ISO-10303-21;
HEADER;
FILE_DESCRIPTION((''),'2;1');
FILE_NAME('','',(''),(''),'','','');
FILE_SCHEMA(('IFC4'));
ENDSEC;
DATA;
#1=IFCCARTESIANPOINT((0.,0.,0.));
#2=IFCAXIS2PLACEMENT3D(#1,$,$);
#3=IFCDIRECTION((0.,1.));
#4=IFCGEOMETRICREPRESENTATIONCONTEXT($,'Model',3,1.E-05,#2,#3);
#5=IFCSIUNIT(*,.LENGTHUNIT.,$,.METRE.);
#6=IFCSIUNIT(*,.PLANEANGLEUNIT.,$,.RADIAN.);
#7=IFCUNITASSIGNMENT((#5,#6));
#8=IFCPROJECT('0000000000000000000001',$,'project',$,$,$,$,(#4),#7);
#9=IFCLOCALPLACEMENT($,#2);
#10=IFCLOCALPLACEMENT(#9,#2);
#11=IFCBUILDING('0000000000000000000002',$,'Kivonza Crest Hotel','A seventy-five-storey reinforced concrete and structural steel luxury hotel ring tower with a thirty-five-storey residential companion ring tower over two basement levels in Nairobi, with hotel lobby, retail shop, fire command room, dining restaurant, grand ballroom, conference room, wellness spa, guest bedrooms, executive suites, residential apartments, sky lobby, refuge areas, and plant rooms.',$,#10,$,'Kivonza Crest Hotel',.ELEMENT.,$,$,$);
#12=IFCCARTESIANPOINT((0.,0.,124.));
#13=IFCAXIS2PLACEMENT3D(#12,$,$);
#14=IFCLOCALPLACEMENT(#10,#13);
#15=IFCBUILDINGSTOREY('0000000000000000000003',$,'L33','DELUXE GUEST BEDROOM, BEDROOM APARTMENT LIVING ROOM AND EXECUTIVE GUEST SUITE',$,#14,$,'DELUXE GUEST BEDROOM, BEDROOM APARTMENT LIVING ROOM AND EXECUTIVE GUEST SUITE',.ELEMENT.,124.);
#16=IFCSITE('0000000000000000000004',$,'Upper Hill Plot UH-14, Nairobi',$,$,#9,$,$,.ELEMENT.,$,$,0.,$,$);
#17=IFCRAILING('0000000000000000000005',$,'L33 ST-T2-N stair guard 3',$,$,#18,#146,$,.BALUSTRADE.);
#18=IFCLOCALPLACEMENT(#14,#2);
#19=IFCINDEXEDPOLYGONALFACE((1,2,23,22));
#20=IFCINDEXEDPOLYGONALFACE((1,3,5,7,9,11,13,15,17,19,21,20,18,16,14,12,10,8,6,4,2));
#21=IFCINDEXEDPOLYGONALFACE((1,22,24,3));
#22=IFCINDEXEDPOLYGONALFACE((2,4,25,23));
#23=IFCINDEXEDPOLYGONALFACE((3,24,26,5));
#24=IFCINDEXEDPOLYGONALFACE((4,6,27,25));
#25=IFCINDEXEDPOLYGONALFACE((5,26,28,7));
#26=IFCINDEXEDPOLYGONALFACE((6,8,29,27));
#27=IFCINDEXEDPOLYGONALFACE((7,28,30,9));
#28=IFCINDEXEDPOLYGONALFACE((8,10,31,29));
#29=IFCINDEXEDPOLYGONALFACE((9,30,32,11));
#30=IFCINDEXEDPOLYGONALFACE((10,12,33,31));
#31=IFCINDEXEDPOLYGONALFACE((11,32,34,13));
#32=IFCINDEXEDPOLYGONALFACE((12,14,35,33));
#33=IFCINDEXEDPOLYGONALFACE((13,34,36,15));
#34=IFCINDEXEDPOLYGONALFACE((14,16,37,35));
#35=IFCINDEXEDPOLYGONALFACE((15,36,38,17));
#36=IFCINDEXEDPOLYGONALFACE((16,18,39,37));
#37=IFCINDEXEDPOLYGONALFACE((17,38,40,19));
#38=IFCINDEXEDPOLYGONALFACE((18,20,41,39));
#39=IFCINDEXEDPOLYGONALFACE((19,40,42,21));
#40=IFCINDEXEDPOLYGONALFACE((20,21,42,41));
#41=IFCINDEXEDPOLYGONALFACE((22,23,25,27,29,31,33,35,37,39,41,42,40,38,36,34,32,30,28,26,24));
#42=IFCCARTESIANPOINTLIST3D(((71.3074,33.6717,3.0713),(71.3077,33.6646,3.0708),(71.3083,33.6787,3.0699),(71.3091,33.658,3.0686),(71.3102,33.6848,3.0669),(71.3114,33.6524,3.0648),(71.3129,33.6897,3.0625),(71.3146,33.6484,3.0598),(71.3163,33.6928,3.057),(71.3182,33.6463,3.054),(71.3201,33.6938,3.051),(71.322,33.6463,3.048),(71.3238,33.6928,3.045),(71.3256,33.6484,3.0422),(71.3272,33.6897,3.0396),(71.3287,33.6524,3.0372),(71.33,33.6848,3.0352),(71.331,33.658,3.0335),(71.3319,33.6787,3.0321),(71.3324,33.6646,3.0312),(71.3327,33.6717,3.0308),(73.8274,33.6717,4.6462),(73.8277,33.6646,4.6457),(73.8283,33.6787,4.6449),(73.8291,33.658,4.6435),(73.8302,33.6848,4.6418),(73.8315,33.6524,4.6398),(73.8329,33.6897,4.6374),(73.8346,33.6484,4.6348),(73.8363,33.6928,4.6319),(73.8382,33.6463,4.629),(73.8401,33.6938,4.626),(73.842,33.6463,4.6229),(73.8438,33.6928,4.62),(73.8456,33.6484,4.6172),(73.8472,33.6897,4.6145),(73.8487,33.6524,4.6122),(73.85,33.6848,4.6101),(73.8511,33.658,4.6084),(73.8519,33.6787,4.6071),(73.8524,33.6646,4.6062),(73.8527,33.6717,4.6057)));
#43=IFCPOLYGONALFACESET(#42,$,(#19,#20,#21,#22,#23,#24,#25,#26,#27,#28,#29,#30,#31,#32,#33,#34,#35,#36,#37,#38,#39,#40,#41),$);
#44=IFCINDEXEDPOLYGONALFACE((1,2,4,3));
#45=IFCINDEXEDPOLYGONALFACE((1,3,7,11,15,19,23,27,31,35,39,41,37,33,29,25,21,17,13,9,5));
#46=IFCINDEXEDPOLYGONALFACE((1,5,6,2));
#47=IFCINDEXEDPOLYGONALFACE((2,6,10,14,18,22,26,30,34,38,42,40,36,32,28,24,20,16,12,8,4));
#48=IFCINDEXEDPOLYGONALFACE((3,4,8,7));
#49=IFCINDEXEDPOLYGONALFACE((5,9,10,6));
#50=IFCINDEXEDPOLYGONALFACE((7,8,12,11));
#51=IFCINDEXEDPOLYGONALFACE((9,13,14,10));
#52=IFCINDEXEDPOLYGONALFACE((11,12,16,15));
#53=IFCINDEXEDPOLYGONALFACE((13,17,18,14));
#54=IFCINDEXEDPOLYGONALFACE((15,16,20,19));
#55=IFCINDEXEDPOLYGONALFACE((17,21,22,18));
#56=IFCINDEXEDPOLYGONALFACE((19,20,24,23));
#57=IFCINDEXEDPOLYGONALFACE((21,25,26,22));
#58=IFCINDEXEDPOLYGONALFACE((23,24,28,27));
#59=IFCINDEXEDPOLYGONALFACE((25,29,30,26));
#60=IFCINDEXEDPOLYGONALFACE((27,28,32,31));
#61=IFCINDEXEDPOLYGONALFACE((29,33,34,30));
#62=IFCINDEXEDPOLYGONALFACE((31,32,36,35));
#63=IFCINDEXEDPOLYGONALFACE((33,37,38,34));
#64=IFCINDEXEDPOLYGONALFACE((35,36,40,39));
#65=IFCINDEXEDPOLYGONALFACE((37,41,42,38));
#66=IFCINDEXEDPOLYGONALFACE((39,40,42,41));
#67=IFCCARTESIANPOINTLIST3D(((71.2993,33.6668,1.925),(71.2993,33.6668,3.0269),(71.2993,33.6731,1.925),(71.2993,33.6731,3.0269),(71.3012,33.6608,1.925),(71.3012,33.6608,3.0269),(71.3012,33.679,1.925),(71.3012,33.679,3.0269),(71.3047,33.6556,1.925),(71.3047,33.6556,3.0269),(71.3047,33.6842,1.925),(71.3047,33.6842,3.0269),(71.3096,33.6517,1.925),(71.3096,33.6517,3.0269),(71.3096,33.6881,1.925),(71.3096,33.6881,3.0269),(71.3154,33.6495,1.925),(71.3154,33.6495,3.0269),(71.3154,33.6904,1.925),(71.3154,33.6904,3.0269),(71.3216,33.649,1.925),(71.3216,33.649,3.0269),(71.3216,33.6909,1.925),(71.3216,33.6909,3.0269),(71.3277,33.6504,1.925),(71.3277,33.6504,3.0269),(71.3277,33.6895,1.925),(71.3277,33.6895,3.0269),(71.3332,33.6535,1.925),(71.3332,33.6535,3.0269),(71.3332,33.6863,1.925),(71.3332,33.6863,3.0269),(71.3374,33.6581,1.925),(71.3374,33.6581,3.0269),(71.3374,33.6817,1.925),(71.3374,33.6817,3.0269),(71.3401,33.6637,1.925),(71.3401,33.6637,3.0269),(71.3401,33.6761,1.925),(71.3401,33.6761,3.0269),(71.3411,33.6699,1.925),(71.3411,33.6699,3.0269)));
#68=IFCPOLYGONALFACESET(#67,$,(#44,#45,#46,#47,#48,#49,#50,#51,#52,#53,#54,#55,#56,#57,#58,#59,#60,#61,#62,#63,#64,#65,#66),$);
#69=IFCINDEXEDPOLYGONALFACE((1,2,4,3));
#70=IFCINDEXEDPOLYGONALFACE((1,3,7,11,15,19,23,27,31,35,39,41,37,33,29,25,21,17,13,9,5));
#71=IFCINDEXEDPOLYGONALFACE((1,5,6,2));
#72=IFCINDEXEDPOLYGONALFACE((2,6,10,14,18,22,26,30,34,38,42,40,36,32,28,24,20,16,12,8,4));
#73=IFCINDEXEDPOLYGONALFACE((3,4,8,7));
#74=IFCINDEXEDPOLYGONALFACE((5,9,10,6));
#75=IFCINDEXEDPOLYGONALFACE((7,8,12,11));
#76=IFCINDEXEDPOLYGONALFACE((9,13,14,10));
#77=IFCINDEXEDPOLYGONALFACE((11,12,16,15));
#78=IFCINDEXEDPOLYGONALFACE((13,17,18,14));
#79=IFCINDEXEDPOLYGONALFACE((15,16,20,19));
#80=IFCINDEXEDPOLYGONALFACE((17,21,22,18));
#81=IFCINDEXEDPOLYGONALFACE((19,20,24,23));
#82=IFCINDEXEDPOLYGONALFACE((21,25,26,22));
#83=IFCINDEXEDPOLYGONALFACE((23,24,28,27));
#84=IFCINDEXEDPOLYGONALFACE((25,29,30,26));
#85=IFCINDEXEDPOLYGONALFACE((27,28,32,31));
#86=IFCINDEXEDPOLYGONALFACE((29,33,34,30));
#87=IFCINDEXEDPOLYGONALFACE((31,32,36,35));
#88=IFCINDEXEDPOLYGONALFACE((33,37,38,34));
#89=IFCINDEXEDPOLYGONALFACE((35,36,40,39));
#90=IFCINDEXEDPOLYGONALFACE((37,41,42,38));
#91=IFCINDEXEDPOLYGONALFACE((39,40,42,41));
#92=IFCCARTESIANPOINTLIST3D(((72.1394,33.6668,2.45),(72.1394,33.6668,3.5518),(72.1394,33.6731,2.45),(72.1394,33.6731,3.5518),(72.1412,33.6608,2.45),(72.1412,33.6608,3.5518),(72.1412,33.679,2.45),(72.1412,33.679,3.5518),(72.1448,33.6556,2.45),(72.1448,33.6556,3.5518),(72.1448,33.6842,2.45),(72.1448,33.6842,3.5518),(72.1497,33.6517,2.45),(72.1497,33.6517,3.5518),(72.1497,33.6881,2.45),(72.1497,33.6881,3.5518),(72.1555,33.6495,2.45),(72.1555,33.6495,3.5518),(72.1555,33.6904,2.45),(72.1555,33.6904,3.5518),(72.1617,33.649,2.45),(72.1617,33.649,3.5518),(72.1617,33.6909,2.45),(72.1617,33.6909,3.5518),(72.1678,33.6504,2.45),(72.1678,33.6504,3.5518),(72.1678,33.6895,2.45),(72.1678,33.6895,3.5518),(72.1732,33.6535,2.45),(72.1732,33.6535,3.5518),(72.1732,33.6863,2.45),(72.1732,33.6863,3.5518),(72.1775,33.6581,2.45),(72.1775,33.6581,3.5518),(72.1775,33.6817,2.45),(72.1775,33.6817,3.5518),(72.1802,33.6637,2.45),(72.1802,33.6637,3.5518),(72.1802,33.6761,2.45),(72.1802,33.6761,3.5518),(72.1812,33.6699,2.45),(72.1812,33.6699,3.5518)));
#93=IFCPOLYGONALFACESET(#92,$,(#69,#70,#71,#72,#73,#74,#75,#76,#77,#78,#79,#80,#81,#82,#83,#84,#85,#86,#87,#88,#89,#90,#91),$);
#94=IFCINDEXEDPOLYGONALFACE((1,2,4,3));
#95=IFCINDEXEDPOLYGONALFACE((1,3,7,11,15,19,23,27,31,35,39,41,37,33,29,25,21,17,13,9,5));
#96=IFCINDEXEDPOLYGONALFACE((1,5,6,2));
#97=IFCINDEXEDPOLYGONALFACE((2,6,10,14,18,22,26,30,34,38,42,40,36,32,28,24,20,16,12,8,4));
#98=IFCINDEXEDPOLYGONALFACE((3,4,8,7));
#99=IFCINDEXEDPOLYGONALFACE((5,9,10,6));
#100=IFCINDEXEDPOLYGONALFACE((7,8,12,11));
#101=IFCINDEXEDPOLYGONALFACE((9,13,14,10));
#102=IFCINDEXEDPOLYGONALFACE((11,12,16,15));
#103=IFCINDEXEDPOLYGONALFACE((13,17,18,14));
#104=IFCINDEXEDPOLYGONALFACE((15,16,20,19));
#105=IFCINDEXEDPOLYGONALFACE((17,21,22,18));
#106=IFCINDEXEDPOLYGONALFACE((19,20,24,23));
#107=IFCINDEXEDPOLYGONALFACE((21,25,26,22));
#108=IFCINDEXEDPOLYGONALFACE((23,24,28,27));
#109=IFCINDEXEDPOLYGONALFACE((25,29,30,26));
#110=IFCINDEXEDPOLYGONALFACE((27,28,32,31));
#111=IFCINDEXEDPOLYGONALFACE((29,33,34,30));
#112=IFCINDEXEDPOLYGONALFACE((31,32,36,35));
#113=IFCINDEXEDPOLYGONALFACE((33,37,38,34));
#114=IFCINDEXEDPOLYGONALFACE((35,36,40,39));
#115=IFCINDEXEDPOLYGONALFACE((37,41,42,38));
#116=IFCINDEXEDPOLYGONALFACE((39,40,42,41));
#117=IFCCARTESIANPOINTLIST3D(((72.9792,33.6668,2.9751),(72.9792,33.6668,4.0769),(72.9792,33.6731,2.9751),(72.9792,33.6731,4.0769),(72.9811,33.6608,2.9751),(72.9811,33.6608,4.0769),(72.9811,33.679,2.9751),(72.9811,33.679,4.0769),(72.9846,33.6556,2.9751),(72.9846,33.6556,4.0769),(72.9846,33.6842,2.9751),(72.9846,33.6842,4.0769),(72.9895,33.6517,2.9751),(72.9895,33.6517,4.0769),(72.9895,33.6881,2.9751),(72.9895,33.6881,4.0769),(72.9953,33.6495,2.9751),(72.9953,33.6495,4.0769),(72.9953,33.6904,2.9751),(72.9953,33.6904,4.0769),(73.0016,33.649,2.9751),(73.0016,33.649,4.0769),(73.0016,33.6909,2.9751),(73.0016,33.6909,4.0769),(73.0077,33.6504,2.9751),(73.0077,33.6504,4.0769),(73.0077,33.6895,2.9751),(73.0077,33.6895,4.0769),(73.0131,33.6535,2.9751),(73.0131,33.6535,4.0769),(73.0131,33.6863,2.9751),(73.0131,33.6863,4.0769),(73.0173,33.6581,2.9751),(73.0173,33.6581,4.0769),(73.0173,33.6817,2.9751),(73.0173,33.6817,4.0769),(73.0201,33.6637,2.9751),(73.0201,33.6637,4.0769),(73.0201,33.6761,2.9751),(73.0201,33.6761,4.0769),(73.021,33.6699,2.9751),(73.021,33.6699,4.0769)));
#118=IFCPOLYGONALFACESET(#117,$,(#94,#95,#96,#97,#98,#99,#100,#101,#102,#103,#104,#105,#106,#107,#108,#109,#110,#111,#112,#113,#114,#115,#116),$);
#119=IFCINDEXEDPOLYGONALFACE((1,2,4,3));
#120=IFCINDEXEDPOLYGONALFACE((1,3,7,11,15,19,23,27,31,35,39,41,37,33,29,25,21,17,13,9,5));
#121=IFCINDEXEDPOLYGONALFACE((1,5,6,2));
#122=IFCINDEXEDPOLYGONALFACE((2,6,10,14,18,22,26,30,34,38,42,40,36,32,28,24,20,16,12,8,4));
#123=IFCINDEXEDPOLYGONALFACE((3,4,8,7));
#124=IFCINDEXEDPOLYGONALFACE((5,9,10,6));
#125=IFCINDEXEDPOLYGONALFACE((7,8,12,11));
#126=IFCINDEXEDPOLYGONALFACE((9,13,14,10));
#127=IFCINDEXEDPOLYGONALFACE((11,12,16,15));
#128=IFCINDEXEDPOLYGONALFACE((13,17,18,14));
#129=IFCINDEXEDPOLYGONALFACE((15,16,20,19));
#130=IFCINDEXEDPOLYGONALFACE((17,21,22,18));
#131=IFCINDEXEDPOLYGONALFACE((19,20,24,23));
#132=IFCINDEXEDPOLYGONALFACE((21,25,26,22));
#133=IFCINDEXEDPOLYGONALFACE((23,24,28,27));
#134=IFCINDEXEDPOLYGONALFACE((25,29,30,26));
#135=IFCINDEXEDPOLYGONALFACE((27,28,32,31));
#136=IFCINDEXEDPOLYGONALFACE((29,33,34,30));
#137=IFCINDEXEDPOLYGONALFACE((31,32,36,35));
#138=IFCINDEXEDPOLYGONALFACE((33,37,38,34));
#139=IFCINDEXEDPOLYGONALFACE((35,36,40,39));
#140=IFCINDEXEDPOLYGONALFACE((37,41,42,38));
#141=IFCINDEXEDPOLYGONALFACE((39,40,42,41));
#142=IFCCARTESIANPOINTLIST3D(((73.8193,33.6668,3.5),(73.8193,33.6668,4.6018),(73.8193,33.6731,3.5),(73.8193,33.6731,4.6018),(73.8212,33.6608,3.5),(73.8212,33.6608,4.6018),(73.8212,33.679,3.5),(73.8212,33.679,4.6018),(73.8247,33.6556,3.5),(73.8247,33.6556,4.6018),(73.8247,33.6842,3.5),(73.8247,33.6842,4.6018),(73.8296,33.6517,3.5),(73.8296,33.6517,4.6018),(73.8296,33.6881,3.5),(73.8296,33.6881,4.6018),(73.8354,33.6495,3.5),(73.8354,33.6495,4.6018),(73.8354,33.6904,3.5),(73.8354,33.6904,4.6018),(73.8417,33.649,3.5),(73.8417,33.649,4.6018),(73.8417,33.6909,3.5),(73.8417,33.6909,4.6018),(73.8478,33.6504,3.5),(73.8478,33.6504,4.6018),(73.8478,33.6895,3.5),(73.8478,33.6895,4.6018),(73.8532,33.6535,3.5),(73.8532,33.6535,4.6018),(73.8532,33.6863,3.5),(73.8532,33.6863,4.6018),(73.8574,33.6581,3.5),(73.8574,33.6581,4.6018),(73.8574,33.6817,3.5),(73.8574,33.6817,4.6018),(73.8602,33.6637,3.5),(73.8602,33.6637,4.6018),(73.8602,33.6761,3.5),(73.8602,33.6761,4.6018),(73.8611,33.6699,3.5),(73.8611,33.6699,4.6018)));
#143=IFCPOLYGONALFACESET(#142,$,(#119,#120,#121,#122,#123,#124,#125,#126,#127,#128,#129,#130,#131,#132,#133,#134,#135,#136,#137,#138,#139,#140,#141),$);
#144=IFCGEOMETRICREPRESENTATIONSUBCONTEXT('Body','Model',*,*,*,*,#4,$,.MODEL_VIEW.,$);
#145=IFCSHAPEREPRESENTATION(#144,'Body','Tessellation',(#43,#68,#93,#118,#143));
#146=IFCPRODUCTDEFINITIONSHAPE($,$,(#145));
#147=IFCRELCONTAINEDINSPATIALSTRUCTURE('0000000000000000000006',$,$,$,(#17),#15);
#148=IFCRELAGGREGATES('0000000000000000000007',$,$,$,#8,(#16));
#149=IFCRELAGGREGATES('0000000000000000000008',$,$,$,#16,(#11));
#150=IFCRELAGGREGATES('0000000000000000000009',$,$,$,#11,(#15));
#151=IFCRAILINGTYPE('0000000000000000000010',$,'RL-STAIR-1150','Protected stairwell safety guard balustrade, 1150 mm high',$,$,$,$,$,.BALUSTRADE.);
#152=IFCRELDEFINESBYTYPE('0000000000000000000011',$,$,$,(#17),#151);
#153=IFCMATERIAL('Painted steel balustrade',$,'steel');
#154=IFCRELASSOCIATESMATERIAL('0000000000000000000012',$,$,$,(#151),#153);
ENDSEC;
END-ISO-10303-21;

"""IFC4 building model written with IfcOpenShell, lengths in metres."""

from ifc_helpers import new_model, si_unit, direction, frame, origin, origin_2d, place, context, subcontext, project, spatial, circle, extrude, material, type_object, element, save


model = new_model("IFC4")

# Units and contexts
model_context = context("Model", 3, precision=1e-05, world=origin(), true_north=direction((0.0, 1.0)))
body_context = subcontext(model_context, "Body", "Model", "MODEL_VIEW")
ifc_project = project(units=[si_unit("LENGTHUNIT", "METRE"), si_unit("PLANEANGLEUNIT", "RADIAN")], contexts=[model_context])

# Site, building, storey
site_placement = place(None, origin())
site = spatial("IfcSite", under=ifc_project, at=site_placement, Name="Upper Hill Plot UH-14, Nairobi", CompositionType="ELEMENT", RefElevation=0.0)
building_placement = place(site_placement, origin())
building = spatial("IfcBuilding", under=site, at=building_placement, Name="Kivonza Crest Hotel", Description="A seventy-five-storey reinforced concrete and structural steel luxury hotel ring tower with a thirty-five-storey residential companion ring tower over two basement levels in Nairobi, with hotel lobby, retail shop, fire command room, dining restaurant, grand ballroom, conference room, wellness spa, guest bedrooms, executive suites, residential apartments, sky lobby, refuge areas, and plant rooms.", LongName="Kivonza Crest Hotel", CompositionType="ELEMENT")
storey_placement = place(building_placement, frame((0.0, 0.0, 124.0)))
storey = spatial("IfcBuildingStorey", under=building, at=storey_placement, Name="L33", Description="DELUXE GUEST BEDROOM, BEDROOM APARTMENT LIVING ROOM AND EXECUTIVE GUEST SUITE", LongName="DELUXE GUEST BEDROOM, BEDROOM APARTMENT LIVING ROOM AND EXECUTIVE GUEST SUITE", CompositionType="ELEMENT", Elevation=124.0)

# Railing
ifc_material_1 = material(Name="Painted steel balustrade", Category="steel")
railing_type_1 = type_object("IfcRailingType", Name="RL-STAIR-1150", Description="Protected stairwell safety guard balustrade, 1150 mm high", PredefinedType="BALUSTRADE", material=ifc_material_1)
railing_1_placement = place(storey_placement, frame((71.3201, 33.6699, 1.925)))
element("IfcRailing", 1, at=railing_1_placement, inside=storey, type_object=railing_type_1, Name="L33 ST-T2-N stair guard 3", PredefinedType="BALUSTRADE", context=body_context, shape_type="SweptSolid", body=[
    extrude(circle(Radius=0.0239, at=origin_2d()), frame((0.0, 0.0, 1.126), z_axis=(0.848008, 0.0, 0.529984), x_axis=(0.0, 1.0, 0.0)), (0.0, 0.0, 1.0), 2.9717),
    extrude(circle(Radius=0.021, at=origin_2d()), origin(), (0.0, 0.0, 1.0), 1.1018),
    extrude(circle(Radius=0.021, at=origin_2d()), frame((0.8401, 0.0, 0.5249)), (0.0, 0.0, 1.0), 1.1018),
    extrude(circle(Radius=0.021, at=origin_2d()), frame((1.6799, 0.0, 1.05)), (0.0, 0.0, 1.0), 1.1018),
    extrude(circle(Radius=0.021, at=origin_2d()), frame((2.52, 0.0, 1.575)), (0.0, 0.0, 1.0), 1.1018),
])

save(model, "model.ifc")
